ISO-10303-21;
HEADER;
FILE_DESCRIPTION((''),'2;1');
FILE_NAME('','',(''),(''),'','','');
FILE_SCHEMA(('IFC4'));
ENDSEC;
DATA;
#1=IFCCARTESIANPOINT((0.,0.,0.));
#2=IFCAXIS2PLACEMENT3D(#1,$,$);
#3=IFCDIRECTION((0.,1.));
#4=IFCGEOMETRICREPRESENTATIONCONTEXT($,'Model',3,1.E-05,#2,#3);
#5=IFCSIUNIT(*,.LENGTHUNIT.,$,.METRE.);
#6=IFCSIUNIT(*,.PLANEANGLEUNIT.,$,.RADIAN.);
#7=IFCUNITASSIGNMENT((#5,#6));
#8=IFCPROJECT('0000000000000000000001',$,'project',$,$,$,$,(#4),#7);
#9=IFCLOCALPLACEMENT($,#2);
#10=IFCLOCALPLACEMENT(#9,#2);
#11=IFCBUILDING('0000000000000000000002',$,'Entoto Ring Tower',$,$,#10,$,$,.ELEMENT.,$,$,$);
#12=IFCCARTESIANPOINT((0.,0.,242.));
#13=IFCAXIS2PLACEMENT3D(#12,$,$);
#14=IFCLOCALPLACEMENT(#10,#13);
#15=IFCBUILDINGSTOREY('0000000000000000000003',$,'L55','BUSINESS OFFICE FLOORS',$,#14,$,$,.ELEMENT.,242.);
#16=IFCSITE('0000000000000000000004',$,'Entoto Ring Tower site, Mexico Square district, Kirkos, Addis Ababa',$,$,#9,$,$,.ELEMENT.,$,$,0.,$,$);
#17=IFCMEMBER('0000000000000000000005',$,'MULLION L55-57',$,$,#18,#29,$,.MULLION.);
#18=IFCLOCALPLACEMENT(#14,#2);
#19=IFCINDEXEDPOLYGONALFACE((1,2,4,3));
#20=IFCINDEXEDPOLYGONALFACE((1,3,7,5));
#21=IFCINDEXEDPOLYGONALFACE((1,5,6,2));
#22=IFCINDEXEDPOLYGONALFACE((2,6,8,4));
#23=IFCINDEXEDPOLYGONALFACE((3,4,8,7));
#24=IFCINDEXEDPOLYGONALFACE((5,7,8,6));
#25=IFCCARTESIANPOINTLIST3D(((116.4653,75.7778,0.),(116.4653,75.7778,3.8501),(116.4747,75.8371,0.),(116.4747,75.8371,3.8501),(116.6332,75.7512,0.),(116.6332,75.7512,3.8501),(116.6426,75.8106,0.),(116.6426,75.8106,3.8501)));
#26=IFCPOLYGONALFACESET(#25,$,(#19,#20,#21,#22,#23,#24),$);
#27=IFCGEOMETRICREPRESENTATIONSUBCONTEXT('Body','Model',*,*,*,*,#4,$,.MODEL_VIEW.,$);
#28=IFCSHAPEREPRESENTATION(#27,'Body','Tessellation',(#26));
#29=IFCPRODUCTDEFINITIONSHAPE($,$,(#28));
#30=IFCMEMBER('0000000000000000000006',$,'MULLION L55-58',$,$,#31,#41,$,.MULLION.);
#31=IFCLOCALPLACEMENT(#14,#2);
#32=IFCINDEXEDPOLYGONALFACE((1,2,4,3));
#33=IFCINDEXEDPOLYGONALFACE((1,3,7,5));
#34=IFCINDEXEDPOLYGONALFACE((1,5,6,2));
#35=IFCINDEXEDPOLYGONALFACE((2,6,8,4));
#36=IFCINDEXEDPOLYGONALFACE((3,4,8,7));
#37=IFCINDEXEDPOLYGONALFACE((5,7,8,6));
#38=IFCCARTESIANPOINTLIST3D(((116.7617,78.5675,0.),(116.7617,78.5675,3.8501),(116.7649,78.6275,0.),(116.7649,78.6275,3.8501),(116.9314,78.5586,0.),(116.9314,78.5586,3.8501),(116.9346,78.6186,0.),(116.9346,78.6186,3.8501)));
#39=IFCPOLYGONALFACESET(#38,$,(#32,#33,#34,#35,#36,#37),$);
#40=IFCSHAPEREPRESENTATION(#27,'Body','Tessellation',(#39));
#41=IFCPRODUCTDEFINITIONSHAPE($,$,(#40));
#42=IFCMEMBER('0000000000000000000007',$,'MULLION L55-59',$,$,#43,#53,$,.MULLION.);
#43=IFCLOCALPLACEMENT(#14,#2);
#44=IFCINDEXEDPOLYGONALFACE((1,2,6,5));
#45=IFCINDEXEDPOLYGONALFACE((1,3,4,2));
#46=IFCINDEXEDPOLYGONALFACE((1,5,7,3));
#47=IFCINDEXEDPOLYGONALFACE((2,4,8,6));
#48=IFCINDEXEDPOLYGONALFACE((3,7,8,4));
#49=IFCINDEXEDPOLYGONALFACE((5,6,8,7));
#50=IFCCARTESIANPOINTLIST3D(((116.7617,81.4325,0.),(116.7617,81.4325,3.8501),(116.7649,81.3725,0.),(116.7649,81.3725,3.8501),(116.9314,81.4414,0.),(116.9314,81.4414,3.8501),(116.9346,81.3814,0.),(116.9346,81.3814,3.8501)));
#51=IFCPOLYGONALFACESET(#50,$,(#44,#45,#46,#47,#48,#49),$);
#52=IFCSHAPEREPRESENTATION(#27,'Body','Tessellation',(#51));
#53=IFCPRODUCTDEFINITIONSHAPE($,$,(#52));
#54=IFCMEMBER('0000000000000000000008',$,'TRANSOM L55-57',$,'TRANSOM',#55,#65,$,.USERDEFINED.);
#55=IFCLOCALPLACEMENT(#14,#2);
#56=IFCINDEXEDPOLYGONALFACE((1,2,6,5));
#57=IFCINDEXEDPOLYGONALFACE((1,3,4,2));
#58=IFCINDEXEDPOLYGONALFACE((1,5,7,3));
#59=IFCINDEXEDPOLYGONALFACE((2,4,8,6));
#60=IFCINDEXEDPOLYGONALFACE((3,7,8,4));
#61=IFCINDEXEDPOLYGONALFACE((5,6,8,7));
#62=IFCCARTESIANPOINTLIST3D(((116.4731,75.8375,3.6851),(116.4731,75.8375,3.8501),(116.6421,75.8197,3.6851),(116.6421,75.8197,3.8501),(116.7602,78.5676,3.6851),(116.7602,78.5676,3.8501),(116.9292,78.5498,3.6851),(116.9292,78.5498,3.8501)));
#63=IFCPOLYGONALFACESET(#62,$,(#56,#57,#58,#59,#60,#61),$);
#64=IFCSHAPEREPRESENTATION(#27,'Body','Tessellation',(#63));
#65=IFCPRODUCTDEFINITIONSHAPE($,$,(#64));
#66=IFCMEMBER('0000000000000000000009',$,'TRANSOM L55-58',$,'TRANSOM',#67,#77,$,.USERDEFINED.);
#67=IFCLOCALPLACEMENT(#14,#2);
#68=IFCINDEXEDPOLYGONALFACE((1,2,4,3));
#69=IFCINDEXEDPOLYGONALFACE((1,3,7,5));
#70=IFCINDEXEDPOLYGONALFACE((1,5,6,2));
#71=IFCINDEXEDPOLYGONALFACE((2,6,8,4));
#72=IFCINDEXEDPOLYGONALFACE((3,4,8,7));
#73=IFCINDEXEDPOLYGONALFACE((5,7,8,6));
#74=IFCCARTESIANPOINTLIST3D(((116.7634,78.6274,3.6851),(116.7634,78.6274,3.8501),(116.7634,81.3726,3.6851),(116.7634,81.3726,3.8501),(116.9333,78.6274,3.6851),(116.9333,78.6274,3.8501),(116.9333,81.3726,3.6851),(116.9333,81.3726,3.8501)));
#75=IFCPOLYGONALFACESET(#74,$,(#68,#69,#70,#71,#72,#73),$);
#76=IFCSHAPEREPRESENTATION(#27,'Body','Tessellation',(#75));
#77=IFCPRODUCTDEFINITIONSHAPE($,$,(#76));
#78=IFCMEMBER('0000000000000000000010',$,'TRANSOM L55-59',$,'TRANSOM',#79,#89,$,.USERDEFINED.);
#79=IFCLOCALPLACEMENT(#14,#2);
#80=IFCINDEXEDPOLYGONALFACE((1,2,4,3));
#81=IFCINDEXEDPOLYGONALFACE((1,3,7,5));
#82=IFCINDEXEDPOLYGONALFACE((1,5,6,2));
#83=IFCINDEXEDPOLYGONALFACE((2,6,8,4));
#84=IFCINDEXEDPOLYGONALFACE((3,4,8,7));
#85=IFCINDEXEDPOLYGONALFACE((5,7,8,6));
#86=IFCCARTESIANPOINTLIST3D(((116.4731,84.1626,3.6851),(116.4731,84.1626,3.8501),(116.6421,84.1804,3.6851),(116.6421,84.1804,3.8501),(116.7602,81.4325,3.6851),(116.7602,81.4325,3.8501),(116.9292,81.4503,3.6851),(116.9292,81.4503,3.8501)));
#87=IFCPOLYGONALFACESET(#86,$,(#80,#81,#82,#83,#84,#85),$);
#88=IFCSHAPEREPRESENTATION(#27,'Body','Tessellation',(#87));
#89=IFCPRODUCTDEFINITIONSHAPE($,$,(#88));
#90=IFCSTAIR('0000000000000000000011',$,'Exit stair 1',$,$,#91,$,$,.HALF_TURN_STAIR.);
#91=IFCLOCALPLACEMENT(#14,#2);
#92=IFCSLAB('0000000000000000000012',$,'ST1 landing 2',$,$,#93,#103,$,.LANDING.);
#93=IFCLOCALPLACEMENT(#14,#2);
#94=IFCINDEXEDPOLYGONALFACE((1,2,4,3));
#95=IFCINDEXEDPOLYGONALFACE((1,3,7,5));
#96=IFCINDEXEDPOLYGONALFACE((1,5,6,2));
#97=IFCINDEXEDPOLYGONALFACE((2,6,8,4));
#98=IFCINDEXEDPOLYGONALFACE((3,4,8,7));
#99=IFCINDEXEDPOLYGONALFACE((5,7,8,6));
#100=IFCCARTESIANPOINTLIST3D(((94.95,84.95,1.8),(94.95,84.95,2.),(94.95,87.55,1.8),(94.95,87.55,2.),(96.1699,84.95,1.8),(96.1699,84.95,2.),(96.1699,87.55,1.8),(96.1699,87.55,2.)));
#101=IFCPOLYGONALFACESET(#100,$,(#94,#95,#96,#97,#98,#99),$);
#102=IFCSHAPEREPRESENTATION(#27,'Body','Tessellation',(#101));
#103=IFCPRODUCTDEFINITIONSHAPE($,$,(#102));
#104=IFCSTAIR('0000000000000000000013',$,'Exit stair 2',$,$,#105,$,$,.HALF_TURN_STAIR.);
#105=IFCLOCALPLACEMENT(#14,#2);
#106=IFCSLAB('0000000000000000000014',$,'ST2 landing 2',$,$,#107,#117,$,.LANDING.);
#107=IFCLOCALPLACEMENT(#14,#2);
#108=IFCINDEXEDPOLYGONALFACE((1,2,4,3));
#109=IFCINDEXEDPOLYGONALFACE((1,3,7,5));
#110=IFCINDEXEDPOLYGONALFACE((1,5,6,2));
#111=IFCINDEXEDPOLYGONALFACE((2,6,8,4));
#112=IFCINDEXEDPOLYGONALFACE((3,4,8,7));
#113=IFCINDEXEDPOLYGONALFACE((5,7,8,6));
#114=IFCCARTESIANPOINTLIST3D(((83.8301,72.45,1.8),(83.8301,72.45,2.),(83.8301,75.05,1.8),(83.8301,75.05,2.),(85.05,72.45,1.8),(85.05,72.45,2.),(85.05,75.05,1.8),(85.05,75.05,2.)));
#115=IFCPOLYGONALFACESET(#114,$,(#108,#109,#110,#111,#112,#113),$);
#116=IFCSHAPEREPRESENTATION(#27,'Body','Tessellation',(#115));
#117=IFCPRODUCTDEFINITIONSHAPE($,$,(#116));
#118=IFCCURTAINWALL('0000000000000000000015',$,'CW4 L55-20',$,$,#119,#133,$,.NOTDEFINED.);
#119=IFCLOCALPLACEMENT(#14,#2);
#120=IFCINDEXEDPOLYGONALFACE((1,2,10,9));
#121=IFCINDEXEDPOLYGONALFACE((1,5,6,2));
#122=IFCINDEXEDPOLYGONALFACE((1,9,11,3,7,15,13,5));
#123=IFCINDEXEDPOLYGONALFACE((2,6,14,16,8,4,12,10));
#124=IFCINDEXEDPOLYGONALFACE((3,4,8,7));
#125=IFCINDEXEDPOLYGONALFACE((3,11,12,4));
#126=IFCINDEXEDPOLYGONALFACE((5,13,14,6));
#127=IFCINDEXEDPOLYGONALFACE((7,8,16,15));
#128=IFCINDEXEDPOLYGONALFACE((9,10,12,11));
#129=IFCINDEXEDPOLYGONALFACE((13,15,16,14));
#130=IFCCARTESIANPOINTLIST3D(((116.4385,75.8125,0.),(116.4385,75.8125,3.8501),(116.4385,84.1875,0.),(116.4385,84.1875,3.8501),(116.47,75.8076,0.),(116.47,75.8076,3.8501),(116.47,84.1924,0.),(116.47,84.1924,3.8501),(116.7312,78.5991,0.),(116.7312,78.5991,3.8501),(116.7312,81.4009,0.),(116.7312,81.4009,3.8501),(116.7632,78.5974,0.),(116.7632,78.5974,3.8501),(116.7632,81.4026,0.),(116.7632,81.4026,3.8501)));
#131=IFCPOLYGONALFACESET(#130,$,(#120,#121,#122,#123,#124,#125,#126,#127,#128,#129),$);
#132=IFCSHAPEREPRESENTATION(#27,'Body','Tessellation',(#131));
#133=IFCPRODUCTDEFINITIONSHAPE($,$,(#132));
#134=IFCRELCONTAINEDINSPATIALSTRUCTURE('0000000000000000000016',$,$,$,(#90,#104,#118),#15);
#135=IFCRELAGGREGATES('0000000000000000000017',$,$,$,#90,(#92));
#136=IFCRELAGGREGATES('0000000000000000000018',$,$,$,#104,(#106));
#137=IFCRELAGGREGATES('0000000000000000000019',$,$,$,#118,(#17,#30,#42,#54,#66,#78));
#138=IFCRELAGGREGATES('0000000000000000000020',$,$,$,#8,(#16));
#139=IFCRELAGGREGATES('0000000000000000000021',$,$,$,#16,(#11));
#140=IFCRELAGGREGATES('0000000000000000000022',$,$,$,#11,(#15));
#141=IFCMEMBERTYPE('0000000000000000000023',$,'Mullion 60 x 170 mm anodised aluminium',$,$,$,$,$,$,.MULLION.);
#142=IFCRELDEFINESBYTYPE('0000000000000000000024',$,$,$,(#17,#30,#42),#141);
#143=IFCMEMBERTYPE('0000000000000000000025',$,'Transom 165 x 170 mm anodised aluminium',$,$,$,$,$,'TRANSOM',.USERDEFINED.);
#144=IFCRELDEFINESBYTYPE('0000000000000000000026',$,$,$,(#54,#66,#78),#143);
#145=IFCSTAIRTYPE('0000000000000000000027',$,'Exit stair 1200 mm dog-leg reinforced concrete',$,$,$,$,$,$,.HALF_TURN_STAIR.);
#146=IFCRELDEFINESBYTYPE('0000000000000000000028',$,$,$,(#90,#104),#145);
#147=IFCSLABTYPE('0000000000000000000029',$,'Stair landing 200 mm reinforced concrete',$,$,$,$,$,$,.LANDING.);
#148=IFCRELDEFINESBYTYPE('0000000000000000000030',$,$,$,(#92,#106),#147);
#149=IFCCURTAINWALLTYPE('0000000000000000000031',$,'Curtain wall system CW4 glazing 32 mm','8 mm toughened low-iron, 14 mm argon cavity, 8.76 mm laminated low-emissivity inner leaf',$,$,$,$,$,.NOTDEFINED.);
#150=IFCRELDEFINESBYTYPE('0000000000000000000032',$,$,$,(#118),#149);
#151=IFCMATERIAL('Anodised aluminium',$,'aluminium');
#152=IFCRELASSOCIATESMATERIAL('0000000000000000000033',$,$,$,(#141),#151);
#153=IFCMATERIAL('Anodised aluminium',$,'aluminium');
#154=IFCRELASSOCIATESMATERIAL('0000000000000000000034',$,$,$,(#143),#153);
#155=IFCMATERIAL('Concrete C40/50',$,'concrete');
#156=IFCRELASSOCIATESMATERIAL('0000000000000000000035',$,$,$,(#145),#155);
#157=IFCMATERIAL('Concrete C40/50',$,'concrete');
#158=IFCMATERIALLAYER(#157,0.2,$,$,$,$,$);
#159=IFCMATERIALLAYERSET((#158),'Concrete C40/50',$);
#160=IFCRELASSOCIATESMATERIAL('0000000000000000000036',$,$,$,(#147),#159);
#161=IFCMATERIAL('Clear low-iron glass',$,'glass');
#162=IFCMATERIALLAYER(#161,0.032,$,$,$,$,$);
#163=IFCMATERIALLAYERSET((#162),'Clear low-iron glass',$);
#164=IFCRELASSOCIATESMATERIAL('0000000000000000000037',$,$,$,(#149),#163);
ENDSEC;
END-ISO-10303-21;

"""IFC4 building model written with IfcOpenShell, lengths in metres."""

from ifc_helpers import new_model, si_unit, direction, frame, origin, origin_2d, place, context, subcontext, project, spatial, polyline, rectangle, outline, extrude, material, layer, layer_set, material_profile, profile_set, type_object, element, aggregate, save


model = new_model("IFC4")

# Units and contexts
model_context = context("Model", 3, precision=1e-05, world=origin(), true_north=direction((0.0, 1.0)))
body_context = subcontext(model_context, "Body", "Model", "MODEL_VIEW")
ifc_project = project(units=[si_unit("LENGTHUNIT", "METRE"), si_unit("PLANEANGLEUNIT", "RADIAN")], contexts=[model_context])

# Members
ifc_material_1 = material(Name="Anodised aluminium", Category="aluminium")
ifc_material_profile_1 = material_profile(ifc_material_1, rectangle(XDim=0.0601, YDim=0.1699, at=origin_2d()), Name="Mullion 60 x 170 mm anodised aluminium")
ifc_profile_set_1 = profile_set([ifc_material_profile_1], Name="Anodised aluminium")
member_type_1 = type_object("IfcMemberType", Name="Mullion 60 x 170 mm anodised aluminium", PredefinedType="MULLION", material=ifc_profile_set_1)
site_placement = place(None, origin())
building_placement = place(site_placement, origin())
storey_placement = place(building_placement, frame((0.0, 0.0, 242.0)))
member_1_placement = place(storey_placement, frame((116.554, 75.7942, 0.0), z_axis=(0.0, 0.0, 1.0), x_axis=(0.156434, 0.987688, 0.0)))
member_1 = element("IfcMember", 1, at=member_1_placement, type_object=member_type_1, Name="MULLION L55-57", PredefinedType="MULLION", context=body_context, shape_type="SweptSolid", body=[
    extrude(rectangle(XDim=0.0601, YDim=0.1699, at=origin_2d()), origin(), (0.0, 0.0, 1.0), 3.8501),
])
member_2_placement = place(storey_placement, frame((116.8481, 78.593, 0.0), z_axis=(0.0, 0.0, 1.0), x_axis=(0.052336, 0.99863, 0.0)))
member_2 = element("IfcMember", 2, at=member_2_placement, type_object=member_type_1, Name="MULLION L55-58", PredefinedType="MULLION", context=body_context, shape_type="SweptSolid", body=[
    extrude(rectangle(XDim=0.0601, YDim=0.1699, at=origin_2d()), origin(), (0.0, 0.0, 1.0), 3.8501),
])
member_3_placement = place(storey_placement, frame((116.8481, 81.407, 0.0), z_axis=(0.0, 0.0, 1.0), x_axis=(-0.052336, 0.99863, 0.0)))
member_3 = element("IfcMember", 3, at=member_3_placement, type_object=member_type_1, Name="MULLION L55-59", PredefinedType="MULLION", context=body_context, shape_type="SweptSolid", body=[
    extrude(rectangle(XDim=0.0601, YDim=0.1699, at=origin_2d()), origin(), (0.0, 0.0, 1.0), 3.8501),
])
ifc_material_2 = material(Name="Anodised aluminium", Category="aluminium")
ifc_material_profile_2 = material_profile(ifc_material_2, rectangle(XDim=0.1699, YDim=0.165, at=origin_2d()), Name="Transom 165 x 170 mm anodised aluminium")
ifc_profile_set_2 = profile_set([ifc_material_profile_2], Name="Anodised aluminium")
member_type_2 = type_object("IfcMemberType", Name="Transom 165 x 170 mm anodised aluminium", ElementType="TRANSOM", PredefinedType="USERDEFINED", material=ifc_profile_set_2)
member_4_placement = place(storey_placement, frame((116.5576, 75.8286, 3.7676), z_axis=(0.104592, 0.994515, 0.0), x_axis=(-0.994515, 0.104592, 0.0)))
member_4 = element("IfcMember", 4, at=member_4_placement, type_object=member_type_2, Name="TRANSOM L55-57", ObjectType="TRANSOM", PredefinedType="USERDEFINED", context=body_context, shape_type="SweptSolid", body=[
    extrude(rectangle(XDim=0.1699, YDim=0.165, at=origin_2d()), origin(), (0.0, 0.0, 1.0), 2.7451),
])
member_5_placement = place(storey_placement, frame((116.8484, 78.6274, 3.7676), z_axis=(0.0, 1.0, 0.0), x_axis=(-1.0, 0.0, 0.0)))
member_5 = element("IfcMember", 5, at=member_5_placement, type_object=member_type_2, Name="TRANSOM L55-58", ObjectType="TRANSOM", PredefinedType="USERDEFINED", context=body_context, shape_type="SweptSolid", body=[
    extrude(rectangle(XDim=0.1699, YDim=0.165, at=origin_2d()), origin(), (0.0, 0.0, 1.0), 2.7451),
])
member_6_placement = place(storey_placement, frame((116.8447, 81.4414, 3.7676), z_axis=(-0.104592, 0.994515, 0.0), x_axis=(-0.994515, -0.104592, 0.0)))
member_6 = element("IfcMember", 6, at=member_6_placement, type_object=member_type_2, Name="TRANSOM L55-59", ObjectType="TRANSOM", PredefinedType="USERDEFINED", context=body_context, shape_type="SweptSolid", body=[
    extrude(rectangle(XDim=0.1699, YDim=0.165, at=origin_2d()), origin(), (0.0, 0.0, 1.0), 2.7451),
])

# Site, building, storey
site = spatial("IfcSite", under=ifc_project, at=site_placement, Name="Entoto Ring Tower site, Mexico Square district, Kirkos, Addis Ababa", CompositionType="ELEMENT", RefElevation=0.0)
building = spatial("IfcBuilding", under=site, at=building_placement, Name="Entoto Ring Tower", CompositionType="ELEMENT")
storey = spatial("IfcBuildingStorey", under=building, at=storey_placement, Name="L55", Description="BUSINESS OFFICE FLOORS", CompositionType="ELEMENT", Elevation=242.0)

# Stairs, slabs
ifc_material_3 = material(Name="Concrete C40/50", Category="concrete")
stair_type = type_object("IfcStairType", Name="Exit stair 1200 mm dog-leg reinforced concrete", PredefinedType="HALF_TURN_STAIR", material=ifc_material_3)
stair_1_placement = place(storey_placement, origin())
stair_1 = element("IfcStair", 7, at=stair_1_placement, inside=storey, type_object=stair_type, Name="Exit stair 1", PredefinedType="HALF_TURN_STAIR")
ifc_material_4 = material(Name="Concrete C40/50", Category="concrete")
ifc_layer_1 = layer(ifc_material_4, 0.2)
ifc_layer_set_1 = layer_set([ifc_layer_1], Name="Concrete C40/50")
slab_type = type_object("IfcSlabType", Name="Stair landing 200 mm reinforced concrete", PredefinedType="LANDING", material=ifc_layer_set_1)
slab_1_placement = place(storey_placement, frame((0.0, 0.0, 1.8)))
slab_1 = element("IfcSlab", 8, at=slab_1_placement, type_object=slab_type, Name="ST1 landing 2", PredefinedType="LANDING", context=body_context, shape_type="SweptSolid", body=[
    extrude(outline(polyline([(94.95, 84.95), (96.1699, 84.95), (96.1699, 87.55), (94.95, 87.55), (94.95, 84.95)])), origin(), (0.0, 0.0, 1.0), 0.2),
])
aggregate(stair_1, [slab_1])
stair_2_placement = place(storey_placement, origin())
stair_2 = element("IfcStair", 9, at=stair_2_placement, inside=storey, type_object=stair_type, Name="Exit stair 2", PredefinedType="HALF_TURN_STAIR")
slab_2_placement = place(storey_placement, frame((0.0, 0.0, 1.8)))
slab_2 = element("IfcSlab", 10, at=slab_2_placement, type_object=slab_type, Name="ST2 landing 2", PredefinedType="LANDING", context=body_context, shape_type="SweptSolid", body=[
    extrude(outline(polyline([(83.8301, 72.45), (85.05, 72.45), (85.05, 75.05), (83.8301, 75.05), (83.8301, 72.45)])), origin(), (0.0, 0.0, 1.0), 0.2),
])
aggregate(stair_2, [slab_2])

# Curtain wall
ifc_material_5 = material(Name="Clear low-iron glass", Category="glass")
ifc_layer_2 = layer(ifc_material_5, 0.032)
ifc_layer_set_2 = layer_set([ifc_layer_2], Name="Clear low-iron glass")
curtain_wall_type = type_object("IfcCurtainWallType", Name="Curtain wall system CW4 glazing 32 mm", Description="8 mm toughened low-iron, 14 mm argon cavity, 8.76 mm laminated low-emissivity inner leaf", PredefinedType="NOTDEFINED", material=ifc_layer_set_2)
curtain_wall_1_placement = place(storey_placement, origin())
curtain_wall_1 = element("IfcCurtainWall", 11, at=curtain_wall_1_placement, inside=storey, type_object=curtain_wall_type, Name="CW4 L55-20", PredefinedType="NOTDEFINED", context=body_context, shape_type="SweptSolid", body=[
    extrude(outline(polyline([(116.47, 75.8076), (116.7632, 78.5974), (116.7632, 81.4026), (116.47, 84.1924), (116.4385, 84.1875), (116.7312, 81.4009), (116.7312, 78.5991), (116.4385, 75.8125), (116.47, 75.8076)])), origin(), (0.0, 0.0, 1.0), 3.8501),
])
aggregate(curtain_wall_1, [member_1, member_2, member_3, member_4, member_5, member_6])

save(model, "model.ifc")
